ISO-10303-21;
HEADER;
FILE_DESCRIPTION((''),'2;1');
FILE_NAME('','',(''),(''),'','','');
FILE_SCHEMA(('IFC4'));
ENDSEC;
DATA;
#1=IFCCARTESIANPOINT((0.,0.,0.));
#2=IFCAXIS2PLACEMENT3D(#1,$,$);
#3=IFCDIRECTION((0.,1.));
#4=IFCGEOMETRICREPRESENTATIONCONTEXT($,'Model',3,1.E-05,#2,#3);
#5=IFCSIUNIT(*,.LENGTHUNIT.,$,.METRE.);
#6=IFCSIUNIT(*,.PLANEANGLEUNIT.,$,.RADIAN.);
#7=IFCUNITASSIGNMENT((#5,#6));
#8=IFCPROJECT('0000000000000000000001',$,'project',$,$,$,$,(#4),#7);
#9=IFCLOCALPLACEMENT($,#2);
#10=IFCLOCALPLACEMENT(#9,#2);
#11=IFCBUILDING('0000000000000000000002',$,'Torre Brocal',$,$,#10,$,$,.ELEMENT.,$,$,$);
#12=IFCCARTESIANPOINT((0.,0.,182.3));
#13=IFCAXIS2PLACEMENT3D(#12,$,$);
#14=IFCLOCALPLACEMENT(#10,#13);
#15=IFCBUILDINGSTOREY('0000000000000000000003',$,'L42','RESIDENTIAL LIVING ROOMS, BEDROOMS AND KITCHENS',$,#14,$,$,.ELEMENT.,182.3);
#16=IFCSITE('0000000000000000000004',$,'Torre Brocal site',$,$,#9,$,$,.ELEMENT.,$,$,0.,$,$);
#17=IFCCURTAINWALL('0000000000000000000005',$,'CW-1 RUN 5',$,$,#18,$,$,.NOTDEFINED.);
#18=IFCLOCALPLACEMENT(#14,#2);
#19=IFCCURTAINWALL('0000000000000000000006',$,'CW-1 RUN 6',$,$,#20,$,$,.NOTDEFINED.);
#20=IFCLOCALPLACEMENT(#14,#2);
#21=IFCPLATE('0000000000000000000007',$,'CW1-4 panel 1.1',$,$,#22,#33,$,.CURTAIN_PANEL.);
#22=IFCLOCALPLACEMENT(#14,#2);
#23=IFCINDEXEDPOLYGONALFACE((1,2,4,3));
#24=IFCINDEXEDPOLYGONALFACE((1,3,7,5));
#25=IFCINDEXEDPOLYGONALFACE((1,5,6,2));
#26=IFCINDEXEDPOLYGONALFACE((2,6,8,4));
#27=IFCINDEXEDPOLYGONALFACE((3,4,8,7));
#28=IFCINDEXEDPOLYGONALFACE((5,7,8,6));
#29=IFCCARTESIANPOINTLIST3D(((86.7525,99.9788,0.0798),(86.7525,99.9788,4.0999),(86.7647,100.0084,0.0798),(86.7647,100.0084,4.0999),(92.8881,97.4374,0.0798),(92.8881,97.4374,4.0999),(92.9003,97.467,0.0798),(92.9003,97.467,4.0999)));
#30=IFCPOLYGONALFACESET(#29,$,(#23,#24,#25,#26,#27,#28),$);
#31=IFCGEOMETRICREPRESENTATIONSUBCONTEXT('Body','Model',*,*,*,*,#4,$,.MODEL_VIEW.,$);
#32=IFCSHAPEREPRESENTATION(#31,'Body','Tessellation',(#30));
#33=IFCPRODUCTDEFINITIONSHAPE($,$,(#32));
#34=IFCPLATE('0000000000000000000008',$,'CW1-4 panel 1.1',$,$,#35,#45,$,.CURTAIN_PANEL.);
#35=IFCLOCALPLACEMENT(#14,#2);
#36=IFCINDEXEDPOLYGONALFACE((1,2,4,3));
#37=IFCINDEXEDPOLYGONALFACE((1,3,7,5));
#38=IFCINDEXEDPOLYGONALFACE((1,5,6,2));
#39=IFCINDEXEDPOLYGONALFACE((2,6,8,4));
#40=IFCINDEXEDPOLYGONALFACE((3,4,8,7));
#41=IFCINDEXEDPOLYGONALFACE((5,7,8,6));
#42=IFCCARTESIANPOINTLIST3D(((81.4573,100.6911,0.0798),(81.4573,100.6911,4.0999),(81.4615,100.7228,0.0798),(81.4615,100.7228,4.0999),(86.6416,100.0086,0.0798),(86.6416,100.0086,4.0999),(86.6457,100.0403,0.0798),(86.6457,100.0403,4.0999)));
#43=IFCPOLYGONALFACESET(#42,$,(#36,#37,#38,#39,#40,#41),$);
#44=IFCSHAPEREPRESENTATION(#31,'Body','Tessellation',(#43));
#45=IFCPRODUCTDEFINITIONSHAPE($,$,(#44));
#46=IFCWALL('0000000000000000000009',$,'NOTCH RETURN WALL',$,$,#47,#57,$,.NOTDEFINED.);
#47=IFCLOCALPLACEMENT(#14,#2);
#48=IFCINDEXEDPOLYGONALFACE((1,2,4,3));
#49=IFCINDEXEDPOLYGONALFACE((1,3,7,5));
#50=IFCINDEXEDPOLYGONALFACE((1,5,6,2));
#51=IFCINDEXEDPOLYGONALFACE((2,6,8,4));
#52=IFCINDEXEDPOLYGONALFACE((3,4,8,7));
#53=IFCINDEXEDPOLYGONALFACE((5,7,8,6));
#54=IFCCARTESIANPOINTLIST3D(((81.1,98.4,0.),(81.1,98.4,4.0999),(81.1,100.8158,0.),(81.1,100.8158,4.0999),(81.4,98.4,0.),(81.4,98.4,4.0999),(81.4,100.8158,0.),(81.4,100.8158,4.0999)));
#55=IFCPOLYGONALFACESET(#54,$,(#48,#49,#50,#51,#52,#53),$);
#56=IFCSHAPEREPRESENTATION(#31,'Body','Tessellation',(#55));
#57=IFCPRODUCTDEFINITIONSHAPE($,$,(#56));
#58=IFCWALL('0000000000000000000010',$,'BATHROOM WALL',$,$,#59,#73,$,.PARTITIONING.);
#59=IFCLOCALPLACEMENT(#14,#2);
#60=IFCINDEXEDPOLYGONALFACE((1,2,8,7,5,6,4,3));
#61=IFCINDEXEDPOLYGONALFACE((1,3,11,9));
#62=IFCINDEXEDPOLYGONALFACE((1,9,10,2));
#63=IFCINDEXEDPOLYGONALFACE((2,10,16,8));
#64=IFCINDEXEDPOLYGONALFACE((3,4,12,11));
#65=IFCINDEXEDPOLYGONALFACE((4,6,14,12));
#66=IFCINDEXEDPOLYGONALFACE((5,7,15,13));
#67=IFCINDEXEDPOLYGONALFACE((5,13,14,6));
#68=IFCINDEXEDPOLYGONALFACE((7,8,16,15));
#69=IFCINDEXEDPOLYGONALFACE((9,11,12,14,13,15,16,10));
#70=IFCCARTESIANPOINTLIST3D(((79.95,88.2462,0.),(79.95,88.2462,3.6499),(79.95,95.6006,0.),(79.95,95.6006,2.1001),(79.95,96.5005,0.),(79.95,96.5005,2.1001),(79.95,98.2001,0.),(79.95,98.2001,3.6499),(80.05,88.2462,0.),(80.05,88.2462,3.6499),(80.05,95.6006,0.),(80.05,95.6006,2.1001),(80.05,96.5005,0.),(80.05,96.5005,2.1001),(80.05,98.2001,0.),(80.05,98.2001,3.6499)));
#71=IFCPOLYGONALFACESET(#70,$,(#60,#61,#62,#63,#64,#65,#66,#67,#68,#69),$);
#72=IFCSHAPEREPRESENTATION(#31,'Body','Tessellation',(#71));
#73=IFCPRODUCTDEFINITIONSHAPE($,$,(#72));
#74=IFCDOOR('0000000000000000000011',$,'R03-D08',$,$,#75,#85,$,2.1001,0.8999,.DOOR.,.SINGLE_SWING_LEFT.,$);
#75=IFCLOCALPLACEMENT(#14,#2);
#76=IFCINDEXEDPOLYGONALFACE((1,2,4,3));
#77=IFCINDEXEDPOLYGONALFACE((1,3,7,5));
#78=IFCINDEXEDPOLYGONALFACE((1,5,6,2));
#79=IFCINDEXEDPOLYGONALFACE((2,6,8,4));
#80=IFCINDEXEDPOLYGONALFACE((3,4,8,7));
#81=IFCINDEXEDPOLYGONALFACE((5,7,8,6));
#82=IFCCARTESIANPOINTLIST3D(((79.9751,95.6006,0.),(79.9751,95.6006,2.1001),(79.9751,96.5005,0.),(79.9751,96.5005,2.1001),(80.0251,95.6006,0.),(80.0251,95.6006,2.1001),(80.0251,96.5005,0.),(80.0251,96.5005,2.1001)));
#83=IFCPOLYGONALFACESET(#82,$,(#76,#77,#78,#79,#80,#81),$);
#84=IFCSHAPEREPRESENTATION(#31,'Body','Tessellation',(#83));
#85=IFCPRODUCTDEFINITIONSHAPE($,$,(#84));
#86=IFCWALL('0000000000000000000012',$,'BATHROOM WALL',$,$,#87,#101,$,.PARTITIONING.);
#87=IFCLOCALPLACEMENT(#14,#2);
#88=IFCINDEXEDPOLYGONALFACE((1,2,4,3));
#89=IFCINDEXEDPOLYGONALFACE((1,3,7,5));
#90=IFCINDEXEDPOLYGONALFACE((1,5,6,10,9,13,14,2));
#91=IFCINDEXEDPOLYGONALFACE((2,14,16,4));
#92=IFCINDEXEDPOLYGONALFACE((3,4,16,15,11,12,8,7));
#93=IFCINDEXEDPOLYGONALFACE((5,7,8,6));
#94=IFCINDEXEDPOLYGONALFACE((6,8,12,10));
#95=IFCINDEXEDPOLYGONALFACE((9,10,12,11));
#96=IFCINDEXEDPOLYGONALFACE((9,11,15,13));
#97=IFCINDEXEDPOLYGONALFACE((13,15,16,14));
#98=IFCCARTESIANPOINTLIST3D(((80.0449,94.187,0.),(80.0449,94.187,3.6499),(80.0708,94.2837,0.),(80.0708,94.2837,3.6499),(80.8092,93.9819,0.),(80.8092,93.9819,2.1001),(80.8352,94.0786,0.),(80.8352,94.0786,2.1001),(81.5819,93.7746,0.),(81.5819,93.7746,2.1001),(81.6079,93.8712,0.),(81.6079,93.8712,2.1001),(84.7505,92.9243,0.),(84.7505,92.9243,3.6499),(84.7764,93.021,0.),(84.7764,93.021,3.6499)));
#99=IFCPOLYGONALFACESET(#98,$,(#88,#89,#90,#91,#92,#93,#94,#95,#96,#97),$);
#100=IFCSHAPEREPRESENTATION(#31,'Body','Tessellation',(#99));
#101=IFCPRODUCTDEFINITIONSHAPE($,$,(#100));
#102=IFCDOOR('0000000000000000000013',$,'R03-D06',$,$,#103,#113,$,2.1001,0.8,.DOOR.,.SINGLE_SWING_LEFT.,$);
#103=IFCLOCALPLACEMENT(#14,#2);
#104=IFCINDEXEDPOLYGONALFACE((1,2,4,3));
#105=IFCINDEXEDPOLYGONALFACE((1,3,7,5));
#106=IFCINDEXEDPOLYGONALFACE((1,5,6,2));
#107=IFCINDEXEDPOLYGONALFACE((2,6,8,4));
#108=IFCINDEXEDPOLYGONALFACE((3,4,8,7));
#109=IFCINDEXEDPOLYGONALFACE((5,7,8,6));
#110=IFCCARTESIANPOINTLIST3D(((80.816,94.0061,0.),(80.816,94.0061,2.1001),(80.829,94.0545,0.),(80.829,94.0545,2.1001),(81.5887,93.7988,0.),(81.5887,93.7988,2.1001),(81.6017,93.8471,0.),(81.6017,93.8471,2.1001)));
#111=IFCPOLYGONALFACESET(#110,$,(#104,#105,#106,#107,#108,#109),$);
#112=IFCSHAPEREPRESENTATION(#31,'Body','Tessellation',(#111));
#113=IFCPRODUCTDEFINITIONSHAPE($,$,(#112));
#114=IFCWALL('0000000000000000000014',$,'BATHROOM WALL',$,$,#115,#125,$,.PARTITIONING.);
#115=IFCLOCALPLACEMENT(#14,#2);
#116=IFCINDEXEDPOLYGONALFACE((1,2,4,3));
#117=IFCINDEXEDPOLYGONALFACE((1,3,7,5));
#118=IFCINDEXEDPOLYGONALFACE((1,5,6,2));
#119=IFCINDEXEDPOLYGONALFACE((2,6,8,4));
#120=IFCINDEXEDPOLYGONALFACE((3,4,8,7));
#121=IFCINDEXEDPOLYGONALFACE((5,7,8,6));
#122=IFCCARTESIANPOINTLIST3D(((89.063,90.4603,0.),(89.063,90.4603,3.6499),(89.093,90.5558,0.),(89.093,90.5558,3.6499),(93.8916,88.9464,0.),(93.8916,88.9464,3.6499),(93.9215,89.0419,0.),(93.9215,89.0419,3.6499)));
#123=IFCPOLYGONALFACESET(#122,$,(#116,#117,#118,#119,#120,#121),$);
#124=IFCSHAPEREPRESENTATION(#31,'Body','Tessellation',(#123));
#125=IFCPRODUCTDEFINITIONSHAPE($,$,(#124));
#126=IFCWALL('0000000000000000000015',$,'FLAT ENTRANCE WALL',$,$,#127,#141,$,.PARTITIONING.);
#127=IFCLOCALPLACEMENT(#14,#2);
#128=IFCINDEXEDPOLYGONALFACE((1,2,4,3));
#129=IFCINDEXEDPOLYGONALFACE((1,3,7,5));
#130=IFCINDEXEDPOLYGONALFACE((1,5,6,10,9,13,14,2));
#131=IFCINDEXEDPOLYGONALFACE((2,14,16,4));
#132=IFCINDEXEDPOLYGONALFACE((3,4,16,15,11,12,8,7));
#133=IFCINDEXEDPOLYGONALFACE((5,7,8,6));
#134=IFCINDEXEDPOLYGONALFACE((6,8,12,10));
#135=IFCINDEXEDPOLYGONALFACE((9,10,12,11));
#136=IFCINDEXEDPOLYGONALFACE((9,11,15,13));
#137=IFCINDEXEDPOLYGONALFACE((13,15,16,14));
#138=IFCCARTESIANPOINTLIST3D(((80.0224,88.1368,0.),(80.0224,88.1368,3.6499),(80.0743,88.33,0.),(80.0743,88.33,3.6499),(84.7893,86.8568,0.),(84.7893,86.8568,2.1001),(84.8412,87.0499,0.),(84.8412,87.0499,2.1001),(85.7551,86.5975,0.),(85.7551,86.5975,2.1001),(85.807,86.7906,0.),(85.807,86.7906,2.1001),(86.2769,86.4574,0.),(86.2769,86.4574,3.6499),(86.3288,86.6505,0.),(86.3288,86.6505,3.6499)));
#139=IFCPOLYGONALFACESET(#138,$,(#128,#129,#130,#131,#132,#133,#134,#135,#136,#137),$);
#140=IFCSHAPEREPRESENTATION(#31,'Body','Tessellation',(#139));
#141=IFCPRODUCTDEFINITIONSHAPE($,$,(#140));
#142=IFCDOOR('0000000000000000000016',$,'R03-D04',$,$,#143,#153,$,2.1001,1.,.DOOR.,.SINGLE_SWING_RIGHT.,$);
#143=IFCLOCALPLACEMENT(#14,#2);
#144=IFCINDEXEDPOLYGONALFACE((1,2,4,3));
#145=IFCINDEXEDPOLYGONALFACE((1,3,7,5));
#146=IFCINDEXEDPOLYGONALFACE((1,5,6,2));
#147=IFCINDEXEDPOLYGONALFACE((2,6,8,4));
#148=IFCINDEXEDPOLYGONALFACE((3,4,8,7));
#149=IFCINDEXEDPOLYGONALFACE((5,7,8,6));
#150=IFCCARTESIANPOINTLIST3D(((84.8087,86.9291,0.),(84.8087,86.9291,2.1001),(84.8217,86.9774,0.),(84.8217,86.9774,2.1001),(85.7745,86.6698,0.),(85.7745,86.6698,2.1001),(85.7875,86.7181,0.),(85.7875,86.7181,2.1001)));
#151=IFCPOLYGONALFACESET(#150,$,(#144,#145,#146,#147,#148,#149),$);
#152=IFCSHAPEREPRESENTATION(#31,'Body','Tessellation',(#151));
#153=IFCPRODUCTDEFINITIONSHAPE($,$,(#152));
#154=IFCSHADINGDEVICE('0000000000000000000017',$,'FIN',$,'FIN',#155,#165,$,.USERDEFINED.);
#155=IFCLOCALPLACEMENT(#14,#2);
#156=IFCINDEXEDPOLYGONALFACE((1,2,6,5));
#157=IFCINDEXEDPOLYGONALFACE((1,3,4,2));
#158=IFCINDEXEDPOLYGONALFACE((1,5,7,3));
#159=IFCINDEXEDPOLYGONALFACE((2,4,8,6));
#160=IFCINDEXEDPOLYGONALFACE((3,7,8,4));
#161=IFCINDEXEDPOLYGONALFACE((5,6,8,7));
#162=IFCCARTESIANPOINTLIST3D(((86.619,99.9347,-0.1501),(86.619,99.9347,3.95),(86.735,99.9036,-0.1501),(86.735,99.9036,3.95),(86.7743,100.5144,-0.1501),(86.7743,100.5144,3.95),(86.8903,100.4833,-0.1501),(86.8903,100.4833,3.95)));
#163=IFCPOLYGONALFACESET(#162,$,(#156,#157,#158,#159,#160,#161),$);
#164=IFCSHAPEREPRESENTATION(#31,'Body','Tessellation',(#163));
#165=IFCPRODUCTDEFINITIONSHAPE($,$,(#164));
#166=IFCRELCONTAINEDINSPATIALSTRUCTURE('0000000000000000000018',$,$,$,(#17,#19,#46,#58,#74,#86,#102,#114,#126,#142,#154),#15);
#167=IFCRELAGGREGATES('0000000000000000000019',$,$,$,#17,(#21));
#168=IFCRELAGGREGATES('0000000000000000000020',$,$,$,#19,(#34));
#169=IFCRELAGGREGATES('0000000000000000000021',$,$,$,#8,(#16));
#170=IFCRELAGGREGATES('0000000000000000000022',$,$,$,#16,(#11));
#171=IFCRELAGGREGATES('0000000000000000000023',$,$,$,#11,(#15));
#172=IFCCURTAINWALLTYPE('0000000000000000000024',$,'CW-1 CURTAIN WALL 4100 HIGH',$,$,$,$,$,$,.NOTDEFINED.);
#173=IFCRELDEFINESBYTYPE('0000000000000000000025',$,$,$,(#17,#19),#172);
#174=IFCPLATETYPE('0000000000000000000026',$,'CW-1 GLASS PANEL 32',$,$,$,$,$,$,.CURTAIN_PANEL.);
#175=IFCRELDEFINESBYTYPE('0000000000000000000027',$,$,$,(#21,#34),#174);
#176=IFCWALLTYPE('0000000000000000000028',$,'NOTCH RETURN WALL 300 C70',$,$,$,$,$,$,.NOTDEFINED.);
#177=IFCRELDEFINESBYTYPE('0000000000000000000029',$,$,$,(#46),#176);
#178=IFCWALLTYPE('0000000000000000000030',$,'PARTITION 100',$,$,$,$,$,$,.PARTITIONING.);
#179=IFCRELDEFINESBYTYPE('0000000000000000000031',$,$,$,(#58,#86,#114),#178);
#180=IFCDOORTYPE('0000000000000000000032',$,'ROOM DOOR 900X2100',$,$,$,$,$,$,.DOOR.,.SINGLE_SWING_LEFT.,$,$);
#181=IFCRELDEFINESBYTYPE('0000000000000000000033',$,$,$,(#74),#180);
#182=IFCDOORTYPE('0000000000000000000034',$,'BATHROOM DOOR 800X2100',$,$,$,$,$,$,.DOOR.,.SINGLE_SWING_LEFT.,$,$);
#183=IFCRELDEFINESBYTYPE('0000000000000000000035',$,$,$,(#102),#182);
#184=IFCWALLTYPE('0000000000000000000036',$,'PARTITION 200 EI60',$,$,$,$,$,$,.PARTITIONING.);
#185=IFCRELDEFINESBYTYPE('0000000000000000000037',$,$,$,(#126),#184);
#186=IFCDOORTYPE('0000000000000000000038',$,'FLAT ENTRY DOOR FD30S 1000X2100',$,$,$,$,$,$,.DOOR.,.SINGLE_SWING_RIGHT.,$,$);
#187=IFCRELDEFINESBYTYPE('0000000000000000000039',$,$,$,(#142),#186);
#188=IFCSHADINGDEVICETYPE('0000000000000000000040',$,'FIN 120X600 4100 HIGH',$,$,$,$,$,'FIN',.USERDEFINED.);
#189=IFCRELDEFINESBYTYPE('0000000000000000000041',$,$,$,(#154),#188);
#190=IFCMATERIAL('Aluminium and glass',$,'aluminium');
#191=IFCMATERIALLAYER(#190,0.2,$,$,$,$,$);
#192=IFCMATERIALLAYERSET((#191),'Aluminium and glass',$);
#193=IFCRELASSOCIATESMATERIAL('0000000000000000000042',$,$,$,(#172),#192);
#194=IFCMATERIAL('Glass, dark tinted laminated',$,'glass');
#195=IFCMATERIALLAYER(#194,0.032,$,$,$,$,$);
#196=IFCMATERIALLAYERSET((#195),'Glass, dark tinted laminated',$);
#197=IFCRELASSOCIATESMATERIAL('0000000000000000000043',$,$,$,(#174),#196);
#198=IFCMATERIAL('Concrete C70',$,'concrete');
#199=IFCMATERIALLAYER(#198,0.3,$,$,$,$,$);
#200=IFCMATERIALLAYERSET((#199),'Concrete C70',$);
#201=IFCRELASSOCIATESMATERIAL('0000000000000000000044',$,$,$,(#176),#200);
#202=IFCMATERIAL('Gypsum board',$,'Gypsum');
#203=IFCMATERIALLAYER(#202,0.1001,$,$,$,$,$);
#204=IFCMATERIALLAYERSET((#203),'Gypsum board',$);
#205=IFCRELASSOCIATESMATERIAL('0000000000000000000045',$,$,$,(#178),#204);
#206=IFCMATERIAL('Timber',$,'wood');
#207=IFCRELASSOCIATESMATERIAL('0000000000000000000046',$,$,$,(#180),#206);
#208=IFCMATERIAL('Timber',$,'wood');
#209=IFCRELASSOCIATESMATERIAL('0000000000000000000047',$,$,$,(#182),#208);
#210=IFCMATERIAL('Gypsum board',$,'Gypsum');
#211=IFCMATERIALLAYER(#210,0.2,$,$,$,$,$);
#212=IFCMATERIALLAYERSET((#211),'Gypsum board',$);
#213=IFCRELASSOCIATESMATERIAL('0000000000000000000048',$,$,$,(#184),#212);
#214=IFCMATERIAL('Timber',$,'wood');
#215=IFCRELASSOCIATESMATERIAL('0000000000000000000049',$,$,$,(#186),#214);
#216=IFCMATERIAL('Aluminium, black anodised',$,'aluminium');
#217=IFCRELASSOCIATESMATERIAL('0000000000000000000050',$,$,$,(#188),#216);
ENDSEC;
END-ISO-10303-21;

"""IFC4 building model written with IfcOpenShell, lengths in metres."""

from ifc_helpers import new_model, si_unit, direction, frame, frame_2d, origin, origin_2d, place, context, subcontext, project, spatial, rectangle, extrude, material, layer, layer_set, material_profile, profile_set, type_object, element, fill, aggregate, save


model = new_model("IFC4")

# Units and contexts
model_context = context("Model", 3, precision=1e-05, world=origin(), true_north=direction((0.0, 1.0)))
body_context = subcontext(model_context, "Body", "Model", "MODEL_VIEW")
ifc_project = project(units=[si_unit("LENGTHUNIT", "METRE"), si_unit("PLANEANGLEUNIT", "RADIAN")], contexts=[model_context])

# Site, building, storey
site_placement = place(None, origin())
site = spatial("IfcSite", under=ifc_project, at=site_placement, Name="Torre Brocal site", CompositionType="ELEMENT", RefElevation=0.0)
building_placement = place(site_placement, origin())
building = spatial("IfcBuilding", under=site, at=building_placement, Name="Torre Brocal", CompositionType="ELEMENT")
storey_placement = place(building_placement, frame((0.0, 0.0, 182.3)))
storey = spatial("IfcBuildingStorey", under=building, at=storey_placement, Name="L42", Description="RESIDENTIAL LIVING ROOMS, BEDROOMS AND KITCHENS", CompositionType="ELEMENT", Elevation=182.3)

# Curtain wall
ifc_material_1 = material(Name="Aluminium and glass", Category="aluminium")
ifc_layer_1 = layer(ifc_material_1, 0.2)
ifc_layer_set_1 = layer_set([ifc_layer_1], Name="Aluminium and glass")
curtain_wall_type = type_object("IfcCurtainWallType", Name="CW-1 CURTAIN WALL 4100 HIGH", PredefinedType="NOTDEFINED", material=ifc_layer_set_1)
curtain_wall_1_placement = place(storey_placement, origin())
curtain_wall_1 = element("IfcCurtainWall", 1, at=curtain_wall_1_placement, inside=storey, type_object=curtain_wall_type, Name="CW-1 RUN 5", PredefinedType="NOTDEFINED")

# Curtain wall
curtain_wall_2_placement = place(storey_placement, origin())
curtain_wall_2 = element("IfcCurtainWall", 2, at=curtain_wall_2_placement, inside=storey, type_object=curtain_wall_type, Name="CW-1 RUN 6", PredefinedType="NOTDEFINED")

# Plates
ifc_material_2 = material(Name="Glass, dark tinted laminated", Category="glass")
ifc_layer_2 = layer(ifc_material_2, 0.032)
ifc_layer_set_2 = layer_set([ifc_layer_2], Name="Glass, dark tinted laminated")
plate_type = type_object("IfcPlateType", Name="CW-1 GLASS PANEL 32", PredefinedType="CURTAIN_PANEL", material=ifc_layer_set_2)
plate_1_placement = place(storey_placement, frame((89.8264, 98.7229, 0.0798), z_axis=(0.0, 0.0, 1.0), x_axis=(-0.92388, 0.382683, 0.0)))
plate_1 = element("IfcPlate", 3, at=plate_1_placement, type_object=plate_type, Name="CW1-4 panel 1.1", PredefinedType="CURTAIN_PANEL", context=body_context, shape_type="SweptSolid", body=[
    extrude(rectangle(XDim=6.6411, YDim=0.032, at=origin_2d()), origin(), (0.0, 0.0, 1.0), 4.02),
])
aggregate(curtain_wall_1, [plate_1])
plate_2_placement = place(storey_placement, frame((84.0515, 100.3657, 0.0798), z_axis=(0.0, 0.0, 1.0), x_axis=(-0.991445, 0.130526, 0.0)))
plate_2 = element("IfcPlate", 4, at=plate_2_placement, type_object=plate_type, Name="CW1-4 panel 1.1", PredefinedType="CURTAIN_PANEL", context=body_context, shape_type="SweptSolid", body=[
    extrude(rectangle(XDim=5.229, YDim=0.032, at=origin_2d()), origin(), (0.0, 0.0, 1.0), 4.02),
])
aggregate(curtain_wall_2, [plate_2])

# Wall
ifc_material_3 = material(Name="Concrete C70", Category="concrete")
ifc_layer_3 = layer(ifc_material_3, 0.3)
ifc_layer_set_3 = layer_set([ifc_layer_3], Name="Concrete C70")
wall_type_1 = type_object("IfcWallType", Name="NOTCH RETURN WALL 300 C70", PredefinedType="NOTDEFINED", material=ifc_layer_set_3)
wall_1_placement = place(storey_placement, frame((81.25, 98.3999, 0.0), z_axis=(0.0, 0.0, 1.0), x_axis=(0.0, 1.0, 0.0)))
element("IfcWall", 5, at=wall_1_placement, inside=storey, type_object=wall_type_1, Name="NOTCH RETURN WALL", PredefinedType="NOTDEFINED", context=body_context, shape_type="SweptSolid", body=[
    extrude(rectangle(XDim=2.4158, YDim=0.3, at=frame_2d((1.208, 0.0))), origin(), (0.0, 0.0, 1.0), 4.0999),
])

# Walls, openings, doors
ifc_material_4 = material(Name="Gypsum board", Category="Gypsum")
ifc_layer_4 = layer(ifc_material_4, 0.1001)
ifc_layer_set_4 = layer_set([ifc_layer_4], Name="Gypsum board")
wall_type_2 = type_object("IfcWallType", Name="PARTITION 100", PredefinedType="PARTITIONING", material=ifc_layer_set_4)
wall_2_placement = place(storey_placement, frame((80.0, 88.2461, 0.0), z_axis=(0.0, 0.0, 1.0), x_axis=(0.0, 1.0, 0.0)))
wall_2 = element("IfcWall", 6, at=wall_2_placement, inside=storey, type_object=wall_type_2, Name="BATHROOM WALL", PredefinedType="PARTITIONING", context=body_context, shape_type="SweptSolid", body=[
    extrude(rectangle(XDim=9.9539, YDim=0.1001, at=frame_2d((4.9771, 0.0))), origin(), (0.0, 0.0, 1.0), 3.6499),
])
opening_1_placement = place(wall_2_placement, frame((7.3545, 0.0, 0.0)))
opening_1 = element("IfcOpeningElement", 7, at=opening_1_placement, cuts=wall_2, PredefinedType="OPENING", context=body_context, shape_type="SweptSolid", body=[
    extrude(rectangle(XDim=0.8999, YDim=2.1001, at=frame_2d((0.45, 1.05))), frame((0.0, 0.0601, 0.0), z_axis=(0.0, -1.0, 0.0), x_axis=(1.0, 0.0, 0.0)), (0.0, 0.0, 1.0), 0.1201),
])
ifc_material_5 = material(Name="Timber", Category="wood")
door_type_1 = type_object("IfcDoorType", Name="ROOM DOOR 900X2100", OperationType="SINGLE_SWING_LEFT", PredefinedType="DOOR", material=ifc_material_5)
door_1_placement = place(opening_1_placement, origin())
door_1 = element("IfcDoor", 8, at=door_1_placement, inside=storey, type_object=door_type_1, Name="R03-D08", OperationType="SINGLE_SWING_LEFT", OverallHeight=2.1001, OverallWidth=0.8999, PredefinedType="DOOR", context=body_context, shape_type="SweptSolid", body=[
    extrude(rectangle(XDim=0.8999, YDim=2.1001, at=frame_2d((0.45, 1.05))), frame((0.0, 0.0249, 0.0), z_axis=(0.0, -1.0, 0.0), x_axis=(1.0, 0.0, 0.0)), (0.0, 0.0, 1.0), 0.05),
])
fill(opening_1, door_1)
wall_3_placement = place(storey_placement, frame((80.0579, 94.2354, 0.0), z_axis=(0.0, 0.0, 1.0), x_axis=(0.965831, -0.259172, 0.0)))
wall_3 = element("IfcWall", 9, at=wall_3_placement, inside=storey, type_object=wall_type_2, Name="BATHROOM WALL", PredefinedType="PARTITIONING", context=body_context, shape_type="SweptSolid", body=[
    extrude(rectangle(XDim=4.8721, YDim=0.1001, at=frame_2d((2.436, 0.0))), origin(), (0.0, 0.0, 1.0), 3.6499),
])
opening_2_placement = place(wall_3_placement, frame((0.7915, 0.0, 0.0)))
opening_2 = element("IfcOpeningElement", 10, at=opening_2_placement, cuts=wall_3, PredefinedType="OPENING", context=body_context, shape_type="SweptSolid", body=[
    extrude(rectangle(XDim=0.8, YDim=2.1001, at=frame_2d((0.3999, 1.05))), frame((0.0, 0.0601, 0.0), z_axis=(0.0, -1.0, 0.0), x_axis=(1.0, 0.0, 0.0)), (0.0, 0.0, 1.0), 0.1201),
])
ifc_material_6 = material(Name="Timber", Category="wood")
door_type_2 = type_object("IfcDoorType", Name="BATHROOM DOOR 800X2100", OperationType="SINGLE_SWING_LEFT", PredefinedType="DOOR", material=ifc_material_6)
door_2_placement = place(opening_2_placement, frame((0.8, 0.0, 0.0), z_axis=(0.0, 0.0, 1.0), x_axis=(-1.0, 0.0, 0.0)))
door_2 = element("IfcDoor", 11, at=door_2_placement, inside=storey, type_object=door_type_2, Name="R03-D06", OperationType="SINGLE_SWING_LEFT", OverallHeight=2.1001, OverallWidth=0.8, PredefinedType="DOOR", context=body_context, shape_type="SweptSolid", body=[
    extrude(rectangle(XDim=0.8, YDim=2.1001, at=frame_2d((0.3999, 1.05))), frame((0.0, 0.0249, 0.0), z_axis=(0.0, -1.0, 0.0), x_axis=(1.0, 0.0, 0.0)), (0.0, 0.0, 1.0), 0.05),
])
fill(opening_2, door_2)

# Wall
wall_4_placement = place(storey_placement, frame((89.0779, 90.5081, 0.0), z_axis=(0.0, 0.0, 1.0), x_axis=(0.9542, -0.29917, 0.0)))
element("IfcWall", 12, at=wall_4_placement, inside=storey, type_object=wall_type_2, Name="BATHROOM WALL", PredefinedType="PARTITIONING", context=body_context, shape_type="SweptSolid", body=[
    extrude(rectangle(XDim=5.0603, YDim=0.1001, at=frame_2d((2.5303, 0.0))), origin(), (0.0, 0.0, 1.0), 3.6499),
])

# Wall, opening, door
ifc_material_7 = material(Name="Gypsum board", Category="Gypsum")
ifc_layer_5 = layer(ifc_material_7, 0.2)
ifc_layer_set_5 = layer_set([ifc_layer_5], Name="Gypsum board")
wall_type_3 = type_object("IfcWallType", Name="PARTITION 200 EI60", PredefinedType="PARTITIONING", material=ifc_layer_set_5)
wall_5_placement = place(storey_placement, frame((80.0483, 88.2334, 0.0), z_axis=(0.0, 0.0, 1.0), x_axis=(0.965787, -0.259335, 0.0)))
wall_5 = element("IfcWall", 13, at=wall_5_placement, inside=storey, type_object=wall_type_3, Name="FLAT ENTRANCE WALL", PredefinedType="PARTITIONING", context=body_context, shape_type="SweptSolid", body=[
    extrude(rectangle(XDim=6.4761, YDim=0.2, at=frame_2d((3.238, 0.0))), origin(), (0.0, 0.0, 1.0), 3.6499),
])
opening_3_placement = place(wall_5_placement, frame((4.9358, 0.0, 0.0)))
opening_3 = element("IfcOpeningElement", 14, at=opening_3_placement, cuts=wall_5, PredefinedType="OPENING", context=body_context, shape_type="SweptSolid", body=[
    extrude(rectangle(XDim=1.0, YDim=2.1001, at=frame_2d((0.5, 1.05))), frame((0.0, 0.1099, 0.0), z_axis=(0.0, -1.0, 0.0), x_axis=(1.0, 0.0, 0.0)), (0.0, 0.0, 1.0), 0.22),
])
ifc_material_8 = material(Name="Timber", Category="wood")
door_type_3 = type_object("IfcDoorType", Name="FLAT ENTRY DOOR FD30S 1000X2100", OperationType="SINGLE_SWING_RIGHT", PredefinedType="DOOR", material=ifc_material_8)
door_3_placement = place(opening_3_placement, origin())
door_3 = element("IfcDoor", 15, at=door_3_placement, inside=storey, type_object=door_type_3, Name="R03-D04", OperationType="SINGLE_SWING_RIGHT", OverallHeight=2.1001, OverallWidth=1.0, PredefinedType="DOOR", context=body_context, shape_type="SweptSolid", body=[
    extrude(rectangle(XDim=1.0, YDim=2.1001, at=frame_2d((0.5, 1.05))), frame((0.0, 0.0249, 0.0), z_axis=(0.0, -1.0, 0.0), x_axis=(1.0, 0.0, 0.0)), (0.0, 0.0, 1.0), 0.05),
])
fill(opening_3, door_3)

# Shading device
ifc_material_9 = material(Name="Aluminium, black anodised", Category="aluminium")
ifc_material_profile_1 = material_profile(ifc_material_9, rectangle(XDim=0.1201, YDim=0.6001, at=origin_2d()), Name="FIN 120X600 4100 HIGH")
ifc_profile_set_1 = profile_set([ifc_material_profile_1], Name="Aluminium, black anodised")
shading_device_type = type_object("IfcShadingDeviceType", Name="FIN 120X600 4100 HIGH", ElementType="FIN", PredefinedType="USERDEFINED", material=ifc_profile_set_1)
shading_device_placement = place(storey_placement, frame((86.7546, 100.209, -0.1501), z_axis=(0.0, 0.0, 1.0), x_axis=(-0.965926, 0.258819, 0.0)))
element("IfcShadingDevice", 16, at=shading_device_placement, inside=storey, type_object=shading_device_type, Name="FIN", ObjectType="FIN", PredefinedType="USERDEFINED", context=body_context, shape_type="SweptSolid", body=[
    extrude(rectangle(XDim=0.1201, YDim=0.6001, at=origin_2d()), origin(), (0.0, 0.0, 1.0), 4.1001),
])

save(model, "model.ifc")
